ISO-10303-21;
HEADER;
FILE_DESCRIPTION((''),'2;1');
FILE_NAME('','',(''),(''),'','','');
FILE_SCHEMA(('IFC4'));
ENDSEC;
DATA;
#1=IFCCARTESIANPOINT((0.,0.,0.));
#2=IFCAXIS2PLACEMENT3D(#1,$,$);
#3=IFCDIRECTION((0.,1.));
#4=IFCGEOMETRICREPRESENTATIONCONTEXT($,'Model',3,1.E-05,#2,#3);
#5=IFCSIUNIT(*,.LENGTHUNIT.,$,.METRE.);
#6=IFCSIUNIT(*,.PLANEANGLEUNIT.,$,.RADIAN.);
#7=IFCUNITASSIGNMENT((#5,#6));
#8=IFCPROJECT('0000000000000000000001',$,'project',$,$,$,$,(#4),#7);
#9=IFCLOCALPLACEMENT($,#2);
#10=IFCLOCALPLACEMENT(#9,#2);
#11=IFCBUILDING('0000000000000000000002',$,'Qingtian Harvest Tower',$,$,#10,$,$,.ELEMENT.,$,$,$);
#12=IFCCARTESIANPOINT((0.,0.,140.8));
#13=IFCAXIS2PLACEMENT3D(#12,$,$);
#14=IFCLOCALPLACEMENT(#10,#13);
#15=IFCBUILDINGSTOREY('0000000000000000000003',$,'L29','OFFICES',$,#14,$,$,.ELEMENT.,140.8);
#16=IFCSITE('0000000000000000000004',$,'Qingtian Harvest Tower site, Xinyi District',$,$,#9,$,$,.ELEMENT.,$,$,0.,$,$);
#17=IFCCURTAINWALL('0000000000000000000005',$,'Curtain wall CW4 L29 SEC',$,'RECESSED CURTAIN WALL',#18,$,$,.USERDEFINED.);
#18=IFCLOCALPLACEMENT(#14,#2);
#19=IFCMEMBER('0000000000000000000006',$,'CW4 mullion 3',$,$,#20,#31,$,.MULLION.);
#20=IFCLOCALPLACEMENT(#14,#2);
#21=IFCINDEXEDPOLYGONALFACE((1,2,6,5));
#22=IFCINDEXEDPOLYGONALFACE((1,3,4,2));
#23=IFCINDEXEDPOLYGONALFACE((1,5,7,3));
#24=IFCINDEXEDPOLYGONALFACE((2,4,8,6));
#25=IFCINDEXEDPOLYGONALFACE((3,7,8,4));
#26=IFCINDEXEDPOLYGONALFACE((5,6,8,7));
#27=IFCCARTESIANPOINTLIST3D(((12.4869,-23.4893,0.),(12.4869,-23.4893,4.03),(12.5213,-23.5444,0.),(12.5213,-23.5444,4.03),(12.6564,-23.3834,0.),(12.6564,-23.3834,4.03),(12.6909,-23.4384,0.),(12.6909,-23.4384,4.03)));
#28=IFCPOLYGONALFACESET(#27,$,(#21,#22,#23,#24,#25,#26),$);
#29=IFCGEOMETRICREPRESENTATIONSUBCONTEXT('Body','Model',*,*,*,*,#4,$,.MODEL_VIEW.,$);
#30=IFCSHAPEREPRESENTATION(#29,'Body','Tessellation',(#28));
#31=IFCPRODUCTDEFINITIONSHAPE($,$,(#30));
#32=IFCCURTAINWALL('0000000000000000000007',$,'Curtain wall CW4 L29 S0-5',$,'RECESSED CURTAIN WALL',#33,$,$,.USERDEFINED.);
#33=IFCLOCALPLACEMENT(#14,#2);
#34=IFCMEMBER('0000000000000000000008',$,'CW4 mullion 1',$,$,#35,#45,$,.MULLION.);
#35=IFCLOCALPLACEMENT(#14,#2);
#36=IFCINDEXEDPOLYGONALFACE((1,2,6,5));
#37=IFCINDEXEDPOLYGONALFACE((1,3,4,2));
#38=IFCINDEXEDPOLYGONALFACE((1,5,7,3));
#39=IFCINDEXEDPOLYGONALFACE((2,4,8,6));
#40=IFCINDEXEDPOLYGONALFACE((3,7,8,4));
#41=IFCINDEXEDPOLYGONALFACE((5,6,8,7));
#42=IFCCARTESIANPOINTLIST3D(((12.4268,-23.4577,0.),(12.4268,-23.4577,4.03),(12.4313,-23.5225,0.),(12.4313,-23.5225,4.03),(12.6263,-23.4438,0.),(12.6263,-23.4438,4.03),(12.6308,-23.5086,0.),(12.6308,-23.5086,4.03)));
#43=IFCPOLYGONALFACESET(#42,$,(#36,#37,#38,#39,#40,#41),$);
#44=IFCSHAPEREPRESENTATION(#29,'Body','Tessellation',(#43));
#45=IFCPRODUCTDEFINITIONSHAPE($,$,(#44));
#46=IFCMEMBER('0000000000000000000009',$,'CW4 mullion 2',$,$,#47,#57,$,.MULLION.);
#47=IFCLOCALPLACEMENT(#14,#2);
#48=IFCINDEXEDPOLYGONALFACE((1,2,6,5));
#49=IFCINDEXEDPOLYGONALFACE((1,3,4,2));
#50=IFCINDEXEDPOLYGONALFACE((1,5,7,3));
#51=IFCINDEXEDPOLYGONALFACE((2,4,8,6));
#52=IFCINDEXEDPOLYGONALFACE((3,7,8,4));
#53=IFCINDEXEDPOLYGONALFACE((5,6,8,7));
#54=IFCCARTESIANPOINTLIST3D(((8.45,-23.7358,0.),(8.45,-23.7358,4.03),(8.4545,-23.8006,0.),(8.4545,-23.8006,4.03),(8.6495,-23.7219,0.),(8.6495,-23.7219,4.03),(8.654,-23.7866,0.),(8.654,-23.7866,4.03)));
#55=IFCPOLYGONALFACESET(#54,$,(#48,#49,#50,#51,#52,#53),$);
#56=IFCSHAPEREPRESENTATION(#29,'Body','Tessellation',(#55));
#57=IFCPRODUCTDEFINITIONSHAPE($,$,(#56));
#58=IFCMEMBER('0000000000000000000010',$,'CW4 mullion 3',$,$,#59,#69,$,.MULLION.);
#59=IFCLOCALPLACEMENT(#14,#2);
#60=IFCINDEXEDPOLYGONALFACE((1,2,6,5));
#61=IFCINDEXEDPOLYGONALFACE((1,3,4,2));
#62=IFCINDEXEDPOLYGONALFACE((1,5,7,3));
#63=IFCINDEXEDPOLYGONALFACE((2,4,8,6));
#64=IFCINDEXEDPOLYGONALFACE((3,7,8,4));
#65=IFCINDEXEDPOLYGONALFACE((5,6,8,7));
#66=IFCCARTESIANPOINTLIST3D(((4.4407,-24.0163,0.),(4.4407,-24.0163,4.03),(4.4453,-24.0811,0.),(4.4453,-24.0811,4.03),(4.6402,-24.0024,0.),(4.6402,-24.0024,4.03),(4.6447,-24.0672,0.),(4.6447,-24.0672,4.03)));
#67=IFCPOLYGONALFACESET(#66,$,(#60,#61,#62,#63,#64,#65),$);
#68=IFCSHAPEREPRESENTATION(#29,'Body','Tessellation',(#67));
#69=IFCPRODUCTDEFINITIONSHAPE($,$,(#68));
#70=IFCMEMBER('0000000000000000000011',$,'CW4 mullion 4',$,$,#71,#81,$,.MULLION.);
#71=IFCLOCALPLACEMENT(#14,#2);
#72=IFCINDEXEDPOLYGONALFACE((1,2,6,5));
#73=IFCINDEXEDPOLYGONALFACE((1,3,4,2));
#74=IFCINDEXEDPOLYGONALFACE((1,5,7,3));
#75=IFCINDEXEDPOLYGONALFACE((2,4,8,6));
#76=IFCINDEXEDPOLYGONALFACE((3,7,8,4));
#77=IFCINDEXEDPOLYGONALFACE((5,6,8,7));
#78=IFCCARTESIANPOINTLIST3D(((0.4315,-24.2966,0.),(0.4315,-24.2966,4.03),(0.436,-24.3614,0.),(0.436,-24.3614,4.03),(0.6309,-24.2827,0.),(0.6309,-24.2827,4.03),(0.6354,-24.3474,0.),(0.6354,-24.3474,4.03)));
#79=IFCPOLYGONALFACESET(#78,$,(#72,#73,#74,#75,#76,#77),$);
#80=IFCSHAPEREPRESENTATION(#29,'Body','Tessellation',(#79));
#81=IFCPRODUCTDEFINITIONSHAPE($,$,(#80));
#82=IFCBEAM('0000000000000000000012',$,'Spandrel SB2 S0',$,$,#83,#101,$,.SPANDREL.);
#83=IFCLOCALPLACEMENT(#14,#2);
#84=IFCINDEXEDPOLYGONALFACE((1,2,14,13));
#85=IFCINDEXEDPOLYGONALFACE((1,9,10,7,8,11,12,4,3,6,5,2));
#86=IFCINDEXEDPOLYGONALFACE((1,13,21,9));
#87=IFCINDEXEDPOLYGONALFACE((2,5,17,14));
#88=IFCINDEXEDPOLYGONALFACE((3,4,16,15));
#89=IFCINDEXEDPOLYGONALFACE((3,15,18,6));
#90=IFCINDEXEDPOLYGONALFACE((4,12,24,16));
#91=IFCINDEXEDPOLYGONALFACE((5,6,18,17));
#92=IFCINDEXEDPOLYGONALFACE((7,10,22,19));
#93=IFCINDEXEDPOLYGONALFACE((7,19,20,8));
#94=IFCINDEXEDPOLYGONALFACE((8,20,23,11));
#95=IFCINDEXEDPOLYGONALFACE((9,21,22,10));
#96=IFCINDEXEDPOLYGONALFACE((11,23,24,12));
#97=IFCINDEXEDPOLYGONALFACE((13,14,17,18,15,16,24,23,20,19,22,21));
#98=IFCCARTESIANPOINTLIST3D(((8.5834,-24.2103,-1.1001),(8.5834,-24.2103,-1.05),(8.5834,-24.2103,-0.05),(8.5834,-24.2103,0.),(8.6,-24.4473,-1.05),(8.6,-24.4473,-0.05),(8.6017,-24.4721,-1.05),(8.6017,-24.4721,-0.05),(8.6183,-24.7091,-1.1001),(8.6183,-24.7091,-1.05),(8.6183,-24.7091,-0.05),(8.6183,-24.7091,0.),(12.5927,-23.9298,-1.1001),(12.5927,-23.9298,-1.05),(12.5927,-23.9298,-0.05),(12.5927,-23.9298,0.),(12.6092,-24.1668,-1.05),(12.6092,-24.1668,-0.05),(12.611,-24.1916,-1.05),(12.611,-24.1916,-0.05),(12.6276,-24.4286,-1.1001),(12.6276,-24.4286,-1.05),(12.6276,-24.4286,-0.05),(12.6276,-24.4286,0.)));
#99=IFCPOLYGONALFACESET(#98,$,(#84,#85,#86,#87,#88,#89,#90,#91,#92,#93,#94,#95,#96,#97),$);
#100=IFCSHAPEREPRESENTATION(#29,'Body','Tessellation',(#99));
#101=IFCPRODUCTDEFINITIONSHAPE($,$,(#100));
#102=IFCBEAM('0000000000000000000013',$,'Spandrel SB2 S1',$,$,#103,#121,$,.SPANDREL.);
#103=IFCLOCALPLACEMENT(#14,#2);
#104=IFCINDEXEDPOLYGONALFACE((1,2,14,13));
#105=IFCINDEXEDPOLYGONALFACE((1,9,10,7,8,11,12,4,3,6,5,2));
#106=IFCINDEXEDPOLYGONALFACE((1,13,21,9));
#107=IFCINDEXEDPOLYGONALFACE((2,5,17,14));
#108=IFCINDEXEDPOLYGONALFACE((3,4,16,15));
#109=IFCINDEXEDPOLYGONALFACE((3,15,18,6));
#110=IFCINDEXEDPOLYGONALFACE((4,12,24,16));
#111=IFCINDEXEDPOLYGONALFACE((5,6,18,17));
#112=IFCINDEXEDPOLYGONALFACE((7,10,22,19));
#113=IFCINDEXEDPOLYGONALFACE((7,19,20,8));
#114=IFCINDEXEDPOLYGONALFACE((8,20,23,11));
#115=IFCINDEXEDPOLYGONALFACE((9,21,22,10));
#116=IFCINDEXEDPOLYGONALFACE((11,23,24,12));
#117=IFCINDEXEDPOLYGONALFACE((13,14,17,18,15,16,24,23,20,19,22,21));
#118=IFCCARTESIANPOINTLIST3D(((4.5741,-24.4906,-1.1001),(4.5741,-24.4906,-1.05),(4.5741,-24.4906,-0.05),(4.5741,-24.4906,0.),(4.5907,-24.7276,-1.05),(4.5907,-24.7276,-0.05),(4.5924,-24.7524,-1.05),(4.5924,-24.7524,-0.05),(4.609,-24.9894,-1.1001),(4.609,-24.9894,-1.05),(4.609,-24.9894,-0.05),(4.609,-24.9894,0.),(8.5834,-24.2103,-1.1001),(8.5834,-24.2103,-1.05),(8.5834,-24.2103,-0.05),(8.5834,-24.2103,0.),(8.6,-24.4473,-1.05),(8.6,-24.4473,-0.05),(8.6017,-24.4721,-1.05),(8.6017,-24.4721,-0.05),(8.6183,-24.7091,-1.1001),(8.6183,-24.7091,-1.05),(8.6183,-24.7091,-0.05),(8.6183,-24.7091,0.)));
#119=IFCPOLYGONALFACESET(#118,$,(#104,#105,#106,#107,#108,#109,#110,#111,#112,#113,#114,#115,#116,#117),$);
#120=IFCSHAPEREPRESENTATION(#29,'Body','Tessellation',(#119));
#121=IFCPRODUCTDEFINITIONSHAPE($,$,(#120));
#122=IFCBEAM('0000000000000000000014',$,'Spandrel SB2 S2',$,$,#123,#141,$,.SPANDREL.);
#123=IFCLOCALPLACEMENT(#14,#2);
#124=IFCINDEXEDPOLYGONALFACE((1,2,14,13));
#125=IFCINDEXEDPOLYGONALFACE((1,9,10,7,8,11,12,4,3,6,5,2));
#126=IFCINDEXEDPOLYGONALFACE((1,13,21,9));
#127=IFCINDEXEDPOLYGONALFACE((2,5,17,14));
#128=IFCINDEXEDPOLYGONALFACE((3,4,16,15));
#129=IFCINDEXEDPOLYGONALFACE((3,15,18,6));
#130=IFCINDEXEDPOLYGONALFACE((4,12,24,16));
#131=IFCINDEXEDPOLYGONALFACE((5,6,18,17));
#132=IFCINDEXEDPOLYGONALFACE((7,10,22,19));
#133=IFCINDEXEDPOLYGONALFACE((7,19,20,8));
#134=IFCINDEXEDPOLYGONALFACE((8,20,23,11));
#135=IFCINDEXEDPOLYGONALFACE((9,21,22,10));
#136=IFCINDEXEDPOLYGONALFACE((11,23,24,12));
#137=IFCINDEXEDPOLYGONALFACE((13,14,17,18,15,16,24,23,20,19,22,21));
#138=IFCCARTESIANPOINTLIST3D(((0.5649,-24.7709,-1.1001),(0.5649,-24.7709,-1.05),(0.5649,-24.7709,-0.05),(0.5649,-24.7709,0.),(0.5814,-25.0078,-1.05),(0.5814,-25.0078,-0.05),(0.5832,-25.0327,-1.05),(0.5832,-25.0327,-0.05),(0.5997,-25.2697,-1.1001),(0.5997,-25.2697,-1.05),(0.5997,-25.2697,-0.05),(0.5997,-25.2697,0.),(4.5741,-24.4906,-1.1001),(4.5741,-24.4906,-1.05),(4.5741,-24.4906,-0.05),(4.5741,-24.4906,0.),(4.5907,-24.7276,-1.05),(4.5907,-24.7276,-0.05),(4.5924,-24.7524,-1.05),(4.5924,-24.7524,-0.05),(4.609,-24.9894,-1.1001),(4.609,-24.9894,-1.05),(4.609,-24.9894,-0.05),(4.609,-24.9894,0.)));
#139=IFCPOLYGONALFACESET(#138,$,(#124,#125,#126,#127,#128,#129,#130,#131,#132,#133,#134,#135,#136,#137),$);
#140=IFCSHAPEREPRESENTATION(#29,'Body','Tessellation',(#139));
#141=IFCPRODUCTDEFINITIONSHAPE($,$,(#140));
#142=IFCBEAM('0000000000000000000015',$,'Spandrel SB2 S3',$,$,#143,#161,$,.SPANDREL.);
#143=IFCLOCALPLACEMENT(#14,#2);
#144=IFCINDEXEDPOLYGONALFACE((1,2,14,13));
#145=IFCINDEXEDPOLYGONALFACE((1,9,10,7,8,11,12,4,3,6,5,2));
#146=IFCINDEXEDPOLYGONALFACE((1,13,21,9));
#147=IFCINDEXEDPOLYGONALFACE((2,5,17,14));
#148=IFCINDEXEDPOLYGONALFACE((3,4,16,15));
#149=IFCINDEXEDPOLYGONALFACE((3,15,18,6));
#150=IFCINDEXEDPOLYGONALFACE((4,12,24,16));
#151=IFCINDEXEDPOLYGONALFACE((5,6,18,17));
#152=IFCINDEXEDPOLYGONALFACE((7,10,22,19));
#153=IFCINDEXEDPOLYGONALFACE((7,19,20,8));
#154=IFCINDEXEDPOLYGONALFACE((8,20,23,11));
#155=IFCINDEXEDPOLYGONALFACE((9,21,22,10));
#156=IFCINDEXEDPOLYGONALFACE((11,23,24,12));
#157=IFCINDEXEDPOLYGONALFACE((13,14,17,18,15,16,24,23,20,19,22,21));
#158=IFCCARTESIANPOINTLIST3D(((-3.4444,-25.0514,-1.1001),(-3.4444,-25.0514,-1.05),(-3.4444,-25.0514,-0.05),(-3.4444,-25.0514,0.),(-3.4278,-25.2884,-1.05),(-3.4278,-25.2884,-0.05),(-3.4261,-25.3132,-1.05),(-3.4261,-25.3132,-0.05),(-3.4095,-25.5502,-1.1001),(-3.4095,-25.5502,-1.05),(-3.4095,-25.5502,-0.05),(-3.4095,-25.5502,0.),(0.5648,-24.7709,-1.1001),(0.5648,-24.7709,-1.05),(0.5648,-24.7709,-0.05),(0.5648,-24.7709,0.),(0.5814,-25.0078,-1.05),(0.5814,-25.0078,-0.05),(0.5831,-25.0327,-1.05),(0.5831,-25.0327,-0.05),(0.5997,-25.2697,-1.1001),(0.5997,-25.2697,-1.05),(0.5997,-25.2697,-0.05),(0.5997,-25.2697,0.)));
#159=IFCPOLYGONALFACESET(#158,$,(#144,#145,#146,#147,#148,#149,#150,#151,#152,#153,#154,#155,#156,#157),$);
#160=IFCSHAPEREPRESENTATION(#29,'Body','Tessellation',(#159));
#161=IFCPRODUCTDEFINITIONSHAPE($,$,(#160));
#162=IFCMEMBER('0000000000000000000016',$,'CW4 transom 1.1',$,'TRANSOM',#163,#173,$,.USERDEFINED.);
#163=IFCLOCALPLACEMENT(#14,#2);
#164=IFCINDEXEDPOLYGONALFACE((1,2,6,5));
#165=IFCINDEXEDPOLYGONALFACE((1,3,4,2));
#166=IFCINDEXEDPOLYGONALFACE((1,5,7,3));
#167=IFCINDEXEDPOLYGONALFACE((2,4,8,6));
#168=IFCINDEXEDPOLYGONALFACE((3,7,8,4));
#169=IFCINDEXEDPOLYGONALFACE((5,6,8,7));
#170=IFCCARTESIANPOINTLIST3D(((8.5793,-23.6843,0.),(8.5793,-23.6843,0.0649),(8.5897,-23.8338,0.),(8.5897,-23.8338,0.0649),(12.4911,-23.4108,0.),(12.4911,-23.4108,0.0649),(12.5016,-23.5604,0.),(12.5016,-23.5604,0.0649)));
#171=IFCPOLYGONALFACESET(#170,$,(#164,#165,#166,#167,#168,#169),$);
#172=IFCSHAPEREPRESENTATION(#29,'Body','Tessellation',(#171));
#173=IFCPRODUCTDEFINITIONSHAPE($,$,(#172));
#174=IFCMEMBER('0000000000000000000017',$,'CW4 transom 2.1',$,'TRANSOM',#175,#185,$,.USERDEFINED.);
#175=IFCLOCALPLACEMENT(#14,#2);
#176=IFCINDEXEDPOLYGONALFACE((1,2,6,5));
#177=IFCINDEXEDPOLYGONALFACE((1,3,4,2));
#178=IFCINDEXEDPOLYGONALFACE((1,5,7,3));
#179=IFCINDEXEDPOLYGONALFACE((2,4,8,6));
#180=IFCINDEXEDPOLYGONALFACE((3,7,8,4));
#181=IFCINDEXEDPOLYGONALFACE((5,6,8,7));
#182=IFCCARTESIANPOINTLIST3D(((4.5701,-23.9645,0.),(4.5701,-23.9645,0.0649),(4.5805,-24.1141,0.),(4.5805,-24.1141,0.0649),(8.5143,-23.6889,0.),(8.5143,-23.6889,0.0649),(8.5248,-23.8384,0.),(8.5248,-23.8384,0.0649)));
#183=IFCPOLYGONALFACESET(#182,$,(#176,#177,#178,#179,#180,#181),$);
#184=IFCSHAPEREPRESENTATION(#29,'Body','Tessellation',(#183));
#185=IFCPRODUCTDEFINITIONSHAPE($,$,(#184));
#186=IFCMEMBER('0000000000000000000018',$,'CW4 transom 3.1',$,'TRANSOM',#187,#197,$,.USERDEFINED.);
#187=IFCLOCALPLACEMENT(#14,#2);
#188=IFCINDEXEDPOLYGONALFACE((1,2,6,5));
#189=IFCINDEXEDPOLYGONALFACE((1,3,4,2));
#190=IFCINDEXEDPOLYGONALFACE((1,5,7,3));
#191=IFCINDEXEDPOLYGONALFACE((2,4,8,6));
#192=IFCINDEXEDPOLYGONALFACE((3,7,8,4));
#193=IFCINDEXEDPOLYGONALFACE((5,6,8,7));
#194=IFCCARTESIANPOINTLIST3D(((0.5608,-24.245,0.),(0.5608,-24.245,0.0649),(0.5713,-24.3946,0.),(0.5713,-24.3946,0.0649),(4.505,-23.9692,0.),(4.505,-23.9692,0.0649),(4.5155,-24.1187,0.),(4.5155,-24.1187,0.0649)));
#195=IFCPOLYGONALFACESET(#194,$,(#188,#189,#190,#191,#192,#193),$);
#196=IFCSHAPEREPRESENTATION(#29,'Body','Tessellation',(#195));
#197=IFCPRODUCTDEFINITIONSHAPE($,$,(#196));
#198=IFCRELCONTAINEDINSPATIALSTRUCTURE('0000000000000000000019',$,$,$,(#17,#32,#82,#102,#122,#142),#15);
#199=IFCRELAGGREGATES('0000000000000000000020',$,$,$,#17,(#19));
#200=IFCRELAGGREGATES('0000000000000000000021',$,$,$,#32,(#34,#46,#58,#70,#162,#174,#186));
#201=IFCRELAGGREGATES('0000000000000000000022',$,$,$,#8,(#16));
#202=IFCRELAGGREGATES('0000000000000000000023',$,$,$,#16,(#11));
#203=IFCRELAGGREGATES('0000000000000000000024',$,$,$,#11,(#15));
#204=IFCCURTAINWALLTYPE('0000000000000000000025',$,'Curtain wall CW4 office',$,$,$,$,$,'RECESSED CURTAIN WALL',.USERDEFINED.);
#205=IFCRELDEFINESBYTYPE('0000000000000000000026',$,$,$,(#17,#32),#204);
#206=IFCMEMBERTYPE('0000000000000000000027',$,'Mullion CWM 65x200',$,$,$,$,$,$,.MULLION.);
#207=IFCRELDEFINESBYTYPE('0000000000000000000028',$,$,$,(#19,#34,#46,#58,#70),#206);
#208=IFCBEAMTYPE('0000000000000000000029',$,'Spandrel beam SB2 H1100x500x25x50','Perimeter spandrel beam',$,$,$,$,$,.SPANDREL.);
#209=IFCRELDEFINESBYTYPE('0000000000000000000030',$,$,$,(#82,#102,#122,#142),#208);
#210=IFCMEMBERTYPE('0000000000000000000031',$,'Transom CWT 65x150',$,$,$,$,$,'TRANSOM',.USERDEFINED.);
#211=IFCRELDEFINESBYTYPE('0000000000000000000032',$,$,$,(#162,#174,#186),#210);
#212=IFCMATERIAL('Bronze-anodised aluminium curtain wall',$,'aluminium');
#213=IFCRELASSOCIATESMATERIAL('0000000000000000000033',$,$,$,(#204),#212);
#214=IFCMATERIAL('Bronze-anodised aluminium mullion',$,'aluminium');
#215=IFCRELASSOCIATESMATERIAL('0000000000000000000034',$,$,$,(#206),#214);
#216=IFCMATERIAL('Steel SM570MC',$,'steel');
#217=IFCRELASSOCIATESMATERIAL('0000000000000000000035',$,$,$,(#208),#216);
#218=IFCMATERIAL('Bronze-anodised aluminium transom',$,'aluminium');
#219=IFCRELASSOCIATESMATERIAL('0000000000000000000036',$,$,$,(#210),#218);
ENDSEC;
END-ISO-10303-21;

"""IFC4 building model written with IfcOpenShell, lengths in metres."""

from ifc_helpers import new_model, si_unit, direction, frame, origin, origin_2d, place, context, subcontext, project, spatial, rectangle, i_section, extrude, material, material_profile, profile_set, type_object, element, aggregate, save


model = new_model("IFC4")

# Units and contexts
model_context = context("Model", 3, precision=1e-05, world=origin(), true_north=direction((0.0, 1.0)))
body_context = subcontext(model_context, "Body", "Model", "MODEL_VIEW")
ifc_project = project(units=[si_unit("LENGTHUNIT", "METRE"), si_unit("PLANEANGLEUNIT", "RADIAN")], contexts=[model_context])

# Site, building, storey
site_placement = place(None, origin())
site = spatial("IfcSite", under=ifc_project, at=site_placement, Name="Qingtian Harvest Tower site, Xinyi District", CompositionType="ELEMENT", RefElevation=0.0)
building_placement = place(site_placement, origin())
building = spatial("IfcBuilding", under=site, at=building_placement, Name="Qingtian Harvest Tower", CompositionType="ELEMENT")
storey_placement = place(building_placement, frame((0.0, 0.0, 140.8)))
storey = spatial("IfcBuildingStorey", under=building, at=storey_placement, Name="L29", Description="OFFICES", CompositionType="ELEMENT", Elevation=140.8)

# Curtain wall, member
ifc_material_1 = material(Name="Bronze-anodised aluminium curtain wall", Category="aluminium")
curtain_wall_type = type_object("IfcCurtainWallType", Name="Curtain wall CW4 office", ElementType="RECESSED CURTAIN WALL", PredefinedType="USERDEFINED", material=ifc_material_1)
curtain_wall_1_placement = place(storey_placement, origin())
curtain_wall_1 = element("IfcCurtainWall", 1, at=curtain_wall_1_placement, inside=storey, type_object=curtain_wall_type, Name="Curtain wall CW4 L29 SEC", ObjectType="RECESSED CURTAIN WALL", PredefinedType="USERDEFINED")
ifc_material_2 = material(Name="Bronze-anodised aluminium mullion", Category="aluminium")
ifc_material_profile_1 = material_profile(ifc_material_2, rectangle(XDim=0.0649, YDim=0.2, at=origin_2d()), Name="AL 65x200")
ifc_profile_set_1 = profile_set([ifc_material_profile_1], Name="Bronze-anodised aluminium mullion")
member_type_1 = type_object("IfcMemberType", Name="Mullion CWM 65x200", PredefinedType="MULLION", material=ifc_profile_set_1)
member_1_placement = place(storey_placement, frame((12.5889, -23.4639, 0.0), z_axis=(0.0, 0.0, 1.0), x_axis=(0.529919, -0.848048, 0.0)))
member_1 = element("IfcMember", 2, at=member_1_placement, type_object=member_type_1, Name="CW4 mullion 3", PredefinedType="MULLION", context=body_context, shape_type="SweptSolid", body=[
    extrude(rectangle(XDim=0.0649, YDim=0.2, at=origin_2d()), origin(), (0.0, 0.0, 1.0), 4.03),
])
aggregate(curtain_wall_1, [member_1])

# Curtain wall, members
curtain_wall_2_placement = place(storey_placement, origin())
curtain_wall_2 = element("IfcCurtainWall", 3, at=curtain_wall_2_placement, inside=storey, type_object=curtain_wall_type, Name="Curtain wall CW4 L29 S0-5", ObjectType="RECESSED CURTAIN WALL", PredefinedType="USERDEFINED")
member_2_placement = place(storey_placement, frame((12.5288, -23.4832, 0.0), z_axis=(0.0, 0.0, 1.0), x_axis=(0.069756, -0.997564, 0.0)))
member_2 = element("IfcMember", 4, at=member_2_placement, type_object=member_type_1, Name="CW4 mullion 1", PredefinedType="MULLION", context=body_context, shape_type="SweptSolid", body=[
    extrude(rectangle(XDim=0.0649, YDim=0.2, at=origin_2d()), origin(), (0.0, 0.0, 1.0), 4.03),
])
member_3_placement = place(storey_placement, frame((8.552, -23.7612, 0.0), z_axis=(0.0, 0.0, 1.0), x_axis=(0.069756, -0.997564, 0.0)))
member_3 = element("IfcMember", 5, at=member_3_placement, type_object=member_type_1, Name="CW4 mullion 2", PredefinedType="MULLION", context=body_context, shape_type="SweptSolid", body=[
    extrude(rectangle(XDim=0.0649, YDim=0.2, at=origin_2d()), origin(), (0.0, 0.0, 1.0), 4.03),
])
member_4_placement = place(storey_placement, frame((4.5427, -24.0417, 0.0), z_axis=(0.0, 0.0, 1.0), x_axis=(0.069756, -0.997564, 0.0)))
member_4 = element("IfcMember", 6, at=member_4_placement, type_object=member_type_1, Name="CW4 mullion 3", PredefinedType="MULLION", context=body_context, shape_type="SweptSolid", body=[
    extrude(rectangle(XDim=0.0649, YDim=0.2, at=origin_2d()), origin(), (0.0, 0.0, 1.0), 4.03),
])
member_5_placement = place(storey_placement, frame((0.5334, -24.322, 0.0), z_axis=(0.0, 0.0, 1.0), x_axis=(0.069756, -0.997564, 0.0)))
member_5 = element("IfcMember", 7, at=member_5_placement, type_object=member_type_1, Name="CW4 mullion 4", PredefinedType="MULLION", context=body_context, shape_type="SweptSolid", body=[
    extrude(rectangle(XDim=0.0649, YDim=0.2, at=origin_2d()), origin(), (0.0, 0.0, 1.0), 4.03),
])

# Beams
ifc_material_3 = material(Name="Steel SM570MC", Category="steel")
ifc_material_profile_2 = material_profile(ifc_material_3, i_section(OverallWidth=0.5, OverallDepth=1.1001, WebThickness=0.0249, FlangeThickness=0.05, at=origin_2d()), Name="H1100x500x25x50")
ifc_profile_set_2 = profile_set([ifc_material_profile_2], Name="Steel SM570MC")
beam_type_1 = type_object("IfcBeamType", Name="Spandrel beam SB2 H1100x500x25x50", Description="Perimeter spandrel beam", PredefinedType="SPANDREL", material=ifc_profile_set_2)
for number, where, z_axis, x_axis, name in (
    (8, (12.6101, -24.1792, -0.55), (-0.997561, -0.069796, 0.0), (0.069796, -0.997561, 0.0), "Spandrel SB2 S0"),
    (9, (8.6008, -24.4597, -0.55), (-0.997565, -0.069736, 0.0), (0.069736, -0.997565, 0.0), "Spandrel SB2 S1"),
    (10, (4.5916, -24.74, -0.55), (-0.997565, -0.069736, 0.0), (0.069736, -0.997565, 0.0), "Spandrel SB2 S2"),
    (11, (0.5823, -25.0203, -0.55), (-0.997561, -0.069796, 0.0), (0.069796, -0.997561, 0.0), "Spandrel SB2 S3"),
):
    element("IfcBeam", number, at=place(storey_placement, frame(where, z_axis=z_axis, x_axis=x_axis)), inside=storey, type_object=beam_type_1, Name=name, PredefinedType="SPANDREL", context=body_context, shape_type="SweptSolid", body=[
        extrude(i_section(OverallWidth=0.5, OverallDepth=1.1001, WebThickness=0.0249, FlangeThickness=0.05, at=origin_2d()), origin(), (0.0, 0.0, 1.0), 4.019),
    ])

# Members
ifc_material_4 = material(Name="Bronze-anodised aluminium transom", Category="aluminium")
ifc_material_profile_3 = material_profile(ifc_material_4, rectangle(XDim=0.1499, YDim=0.0649, at=origin_2d()), Name="AL 65x150")
ifc_profile_set_3 = profile_set([ifc_material_profile_3], Name="Bronze-anodised aluminium transom")
member_type_2 = type_object("IfcMemberType", Name="Transom CWT 65x150", ElementType="TRANSOM", PredefinedType="USERDEFINED", material=ifc_profile_set_3)
member_6_placement = place(storey_placement, frame((12.4963, -23.4856, 0.0325), z_axis=(-0.997566, -0.069729, 0.0), x_axis=(0.069729, -0.997566, 0.0)))
member_6 = element("IfcMember", 12, at=member_6_placement, type_object=member_type_2, Name="CW4 transom 1.1", ObjectType="TRANSOM", PredefinedType="USERDEFINED", context=body_context, shape_type="SweptSolid", body=[
    extrude(rectangle(XDim=0.1499, YDim=0.0649, at=origin_2d()), origin(), (0.0, 0.0, 1.0), 3.9214),
])
member_7_placement = place(storey_placement, frame((8.5195, -23.7637, 0.0325), z_axis=(-0.997567, -0.069711, 0.0), x_axis=(0.069711, -0.997567, 0.0)))
member_7 = element("IfcMember", 13, at=member_7_placement, type_object=member_type_2, Name="CW4 transom 2.1", ObjectType="TRANSOM", PredefinedType="USERDEFINED", context=body_context, shape_type="SweptSolid", body=[
    extrude(rectangle(XDim=0.1499, YDim=0.0649, at=origin_2d()), origin(), (0.0, 0.0, 1.0), 3.9539),
])
member_8_placement = place(storey_placement, frame((4.5103, -24.0439, 0.0325), z_axis=(-0.997563, -0.069773, 0.0), x_axis=(0.069773, -0.997563, 0.0)))
member_8 = element("IfcMember", 14, at=member_8_placement, type_object=member_type_2, Name="CW4 transom 3.1", ObjectType="TRANSOM", PredefinedType="USERDEFINED", context=body_context, shape_type="SweptSolid", body=[
    extrude(rectangle(XDim=0.1499, YDim=0.0649, at=origin_2d()), origin(), (0.0, 0.0, 1.0), 3.9539),
])

aggregate(curtain_wall_2, [member_2, member_3, member_4, member_5, member_6, member_7, member_8])

save(model, "model.ifc")
